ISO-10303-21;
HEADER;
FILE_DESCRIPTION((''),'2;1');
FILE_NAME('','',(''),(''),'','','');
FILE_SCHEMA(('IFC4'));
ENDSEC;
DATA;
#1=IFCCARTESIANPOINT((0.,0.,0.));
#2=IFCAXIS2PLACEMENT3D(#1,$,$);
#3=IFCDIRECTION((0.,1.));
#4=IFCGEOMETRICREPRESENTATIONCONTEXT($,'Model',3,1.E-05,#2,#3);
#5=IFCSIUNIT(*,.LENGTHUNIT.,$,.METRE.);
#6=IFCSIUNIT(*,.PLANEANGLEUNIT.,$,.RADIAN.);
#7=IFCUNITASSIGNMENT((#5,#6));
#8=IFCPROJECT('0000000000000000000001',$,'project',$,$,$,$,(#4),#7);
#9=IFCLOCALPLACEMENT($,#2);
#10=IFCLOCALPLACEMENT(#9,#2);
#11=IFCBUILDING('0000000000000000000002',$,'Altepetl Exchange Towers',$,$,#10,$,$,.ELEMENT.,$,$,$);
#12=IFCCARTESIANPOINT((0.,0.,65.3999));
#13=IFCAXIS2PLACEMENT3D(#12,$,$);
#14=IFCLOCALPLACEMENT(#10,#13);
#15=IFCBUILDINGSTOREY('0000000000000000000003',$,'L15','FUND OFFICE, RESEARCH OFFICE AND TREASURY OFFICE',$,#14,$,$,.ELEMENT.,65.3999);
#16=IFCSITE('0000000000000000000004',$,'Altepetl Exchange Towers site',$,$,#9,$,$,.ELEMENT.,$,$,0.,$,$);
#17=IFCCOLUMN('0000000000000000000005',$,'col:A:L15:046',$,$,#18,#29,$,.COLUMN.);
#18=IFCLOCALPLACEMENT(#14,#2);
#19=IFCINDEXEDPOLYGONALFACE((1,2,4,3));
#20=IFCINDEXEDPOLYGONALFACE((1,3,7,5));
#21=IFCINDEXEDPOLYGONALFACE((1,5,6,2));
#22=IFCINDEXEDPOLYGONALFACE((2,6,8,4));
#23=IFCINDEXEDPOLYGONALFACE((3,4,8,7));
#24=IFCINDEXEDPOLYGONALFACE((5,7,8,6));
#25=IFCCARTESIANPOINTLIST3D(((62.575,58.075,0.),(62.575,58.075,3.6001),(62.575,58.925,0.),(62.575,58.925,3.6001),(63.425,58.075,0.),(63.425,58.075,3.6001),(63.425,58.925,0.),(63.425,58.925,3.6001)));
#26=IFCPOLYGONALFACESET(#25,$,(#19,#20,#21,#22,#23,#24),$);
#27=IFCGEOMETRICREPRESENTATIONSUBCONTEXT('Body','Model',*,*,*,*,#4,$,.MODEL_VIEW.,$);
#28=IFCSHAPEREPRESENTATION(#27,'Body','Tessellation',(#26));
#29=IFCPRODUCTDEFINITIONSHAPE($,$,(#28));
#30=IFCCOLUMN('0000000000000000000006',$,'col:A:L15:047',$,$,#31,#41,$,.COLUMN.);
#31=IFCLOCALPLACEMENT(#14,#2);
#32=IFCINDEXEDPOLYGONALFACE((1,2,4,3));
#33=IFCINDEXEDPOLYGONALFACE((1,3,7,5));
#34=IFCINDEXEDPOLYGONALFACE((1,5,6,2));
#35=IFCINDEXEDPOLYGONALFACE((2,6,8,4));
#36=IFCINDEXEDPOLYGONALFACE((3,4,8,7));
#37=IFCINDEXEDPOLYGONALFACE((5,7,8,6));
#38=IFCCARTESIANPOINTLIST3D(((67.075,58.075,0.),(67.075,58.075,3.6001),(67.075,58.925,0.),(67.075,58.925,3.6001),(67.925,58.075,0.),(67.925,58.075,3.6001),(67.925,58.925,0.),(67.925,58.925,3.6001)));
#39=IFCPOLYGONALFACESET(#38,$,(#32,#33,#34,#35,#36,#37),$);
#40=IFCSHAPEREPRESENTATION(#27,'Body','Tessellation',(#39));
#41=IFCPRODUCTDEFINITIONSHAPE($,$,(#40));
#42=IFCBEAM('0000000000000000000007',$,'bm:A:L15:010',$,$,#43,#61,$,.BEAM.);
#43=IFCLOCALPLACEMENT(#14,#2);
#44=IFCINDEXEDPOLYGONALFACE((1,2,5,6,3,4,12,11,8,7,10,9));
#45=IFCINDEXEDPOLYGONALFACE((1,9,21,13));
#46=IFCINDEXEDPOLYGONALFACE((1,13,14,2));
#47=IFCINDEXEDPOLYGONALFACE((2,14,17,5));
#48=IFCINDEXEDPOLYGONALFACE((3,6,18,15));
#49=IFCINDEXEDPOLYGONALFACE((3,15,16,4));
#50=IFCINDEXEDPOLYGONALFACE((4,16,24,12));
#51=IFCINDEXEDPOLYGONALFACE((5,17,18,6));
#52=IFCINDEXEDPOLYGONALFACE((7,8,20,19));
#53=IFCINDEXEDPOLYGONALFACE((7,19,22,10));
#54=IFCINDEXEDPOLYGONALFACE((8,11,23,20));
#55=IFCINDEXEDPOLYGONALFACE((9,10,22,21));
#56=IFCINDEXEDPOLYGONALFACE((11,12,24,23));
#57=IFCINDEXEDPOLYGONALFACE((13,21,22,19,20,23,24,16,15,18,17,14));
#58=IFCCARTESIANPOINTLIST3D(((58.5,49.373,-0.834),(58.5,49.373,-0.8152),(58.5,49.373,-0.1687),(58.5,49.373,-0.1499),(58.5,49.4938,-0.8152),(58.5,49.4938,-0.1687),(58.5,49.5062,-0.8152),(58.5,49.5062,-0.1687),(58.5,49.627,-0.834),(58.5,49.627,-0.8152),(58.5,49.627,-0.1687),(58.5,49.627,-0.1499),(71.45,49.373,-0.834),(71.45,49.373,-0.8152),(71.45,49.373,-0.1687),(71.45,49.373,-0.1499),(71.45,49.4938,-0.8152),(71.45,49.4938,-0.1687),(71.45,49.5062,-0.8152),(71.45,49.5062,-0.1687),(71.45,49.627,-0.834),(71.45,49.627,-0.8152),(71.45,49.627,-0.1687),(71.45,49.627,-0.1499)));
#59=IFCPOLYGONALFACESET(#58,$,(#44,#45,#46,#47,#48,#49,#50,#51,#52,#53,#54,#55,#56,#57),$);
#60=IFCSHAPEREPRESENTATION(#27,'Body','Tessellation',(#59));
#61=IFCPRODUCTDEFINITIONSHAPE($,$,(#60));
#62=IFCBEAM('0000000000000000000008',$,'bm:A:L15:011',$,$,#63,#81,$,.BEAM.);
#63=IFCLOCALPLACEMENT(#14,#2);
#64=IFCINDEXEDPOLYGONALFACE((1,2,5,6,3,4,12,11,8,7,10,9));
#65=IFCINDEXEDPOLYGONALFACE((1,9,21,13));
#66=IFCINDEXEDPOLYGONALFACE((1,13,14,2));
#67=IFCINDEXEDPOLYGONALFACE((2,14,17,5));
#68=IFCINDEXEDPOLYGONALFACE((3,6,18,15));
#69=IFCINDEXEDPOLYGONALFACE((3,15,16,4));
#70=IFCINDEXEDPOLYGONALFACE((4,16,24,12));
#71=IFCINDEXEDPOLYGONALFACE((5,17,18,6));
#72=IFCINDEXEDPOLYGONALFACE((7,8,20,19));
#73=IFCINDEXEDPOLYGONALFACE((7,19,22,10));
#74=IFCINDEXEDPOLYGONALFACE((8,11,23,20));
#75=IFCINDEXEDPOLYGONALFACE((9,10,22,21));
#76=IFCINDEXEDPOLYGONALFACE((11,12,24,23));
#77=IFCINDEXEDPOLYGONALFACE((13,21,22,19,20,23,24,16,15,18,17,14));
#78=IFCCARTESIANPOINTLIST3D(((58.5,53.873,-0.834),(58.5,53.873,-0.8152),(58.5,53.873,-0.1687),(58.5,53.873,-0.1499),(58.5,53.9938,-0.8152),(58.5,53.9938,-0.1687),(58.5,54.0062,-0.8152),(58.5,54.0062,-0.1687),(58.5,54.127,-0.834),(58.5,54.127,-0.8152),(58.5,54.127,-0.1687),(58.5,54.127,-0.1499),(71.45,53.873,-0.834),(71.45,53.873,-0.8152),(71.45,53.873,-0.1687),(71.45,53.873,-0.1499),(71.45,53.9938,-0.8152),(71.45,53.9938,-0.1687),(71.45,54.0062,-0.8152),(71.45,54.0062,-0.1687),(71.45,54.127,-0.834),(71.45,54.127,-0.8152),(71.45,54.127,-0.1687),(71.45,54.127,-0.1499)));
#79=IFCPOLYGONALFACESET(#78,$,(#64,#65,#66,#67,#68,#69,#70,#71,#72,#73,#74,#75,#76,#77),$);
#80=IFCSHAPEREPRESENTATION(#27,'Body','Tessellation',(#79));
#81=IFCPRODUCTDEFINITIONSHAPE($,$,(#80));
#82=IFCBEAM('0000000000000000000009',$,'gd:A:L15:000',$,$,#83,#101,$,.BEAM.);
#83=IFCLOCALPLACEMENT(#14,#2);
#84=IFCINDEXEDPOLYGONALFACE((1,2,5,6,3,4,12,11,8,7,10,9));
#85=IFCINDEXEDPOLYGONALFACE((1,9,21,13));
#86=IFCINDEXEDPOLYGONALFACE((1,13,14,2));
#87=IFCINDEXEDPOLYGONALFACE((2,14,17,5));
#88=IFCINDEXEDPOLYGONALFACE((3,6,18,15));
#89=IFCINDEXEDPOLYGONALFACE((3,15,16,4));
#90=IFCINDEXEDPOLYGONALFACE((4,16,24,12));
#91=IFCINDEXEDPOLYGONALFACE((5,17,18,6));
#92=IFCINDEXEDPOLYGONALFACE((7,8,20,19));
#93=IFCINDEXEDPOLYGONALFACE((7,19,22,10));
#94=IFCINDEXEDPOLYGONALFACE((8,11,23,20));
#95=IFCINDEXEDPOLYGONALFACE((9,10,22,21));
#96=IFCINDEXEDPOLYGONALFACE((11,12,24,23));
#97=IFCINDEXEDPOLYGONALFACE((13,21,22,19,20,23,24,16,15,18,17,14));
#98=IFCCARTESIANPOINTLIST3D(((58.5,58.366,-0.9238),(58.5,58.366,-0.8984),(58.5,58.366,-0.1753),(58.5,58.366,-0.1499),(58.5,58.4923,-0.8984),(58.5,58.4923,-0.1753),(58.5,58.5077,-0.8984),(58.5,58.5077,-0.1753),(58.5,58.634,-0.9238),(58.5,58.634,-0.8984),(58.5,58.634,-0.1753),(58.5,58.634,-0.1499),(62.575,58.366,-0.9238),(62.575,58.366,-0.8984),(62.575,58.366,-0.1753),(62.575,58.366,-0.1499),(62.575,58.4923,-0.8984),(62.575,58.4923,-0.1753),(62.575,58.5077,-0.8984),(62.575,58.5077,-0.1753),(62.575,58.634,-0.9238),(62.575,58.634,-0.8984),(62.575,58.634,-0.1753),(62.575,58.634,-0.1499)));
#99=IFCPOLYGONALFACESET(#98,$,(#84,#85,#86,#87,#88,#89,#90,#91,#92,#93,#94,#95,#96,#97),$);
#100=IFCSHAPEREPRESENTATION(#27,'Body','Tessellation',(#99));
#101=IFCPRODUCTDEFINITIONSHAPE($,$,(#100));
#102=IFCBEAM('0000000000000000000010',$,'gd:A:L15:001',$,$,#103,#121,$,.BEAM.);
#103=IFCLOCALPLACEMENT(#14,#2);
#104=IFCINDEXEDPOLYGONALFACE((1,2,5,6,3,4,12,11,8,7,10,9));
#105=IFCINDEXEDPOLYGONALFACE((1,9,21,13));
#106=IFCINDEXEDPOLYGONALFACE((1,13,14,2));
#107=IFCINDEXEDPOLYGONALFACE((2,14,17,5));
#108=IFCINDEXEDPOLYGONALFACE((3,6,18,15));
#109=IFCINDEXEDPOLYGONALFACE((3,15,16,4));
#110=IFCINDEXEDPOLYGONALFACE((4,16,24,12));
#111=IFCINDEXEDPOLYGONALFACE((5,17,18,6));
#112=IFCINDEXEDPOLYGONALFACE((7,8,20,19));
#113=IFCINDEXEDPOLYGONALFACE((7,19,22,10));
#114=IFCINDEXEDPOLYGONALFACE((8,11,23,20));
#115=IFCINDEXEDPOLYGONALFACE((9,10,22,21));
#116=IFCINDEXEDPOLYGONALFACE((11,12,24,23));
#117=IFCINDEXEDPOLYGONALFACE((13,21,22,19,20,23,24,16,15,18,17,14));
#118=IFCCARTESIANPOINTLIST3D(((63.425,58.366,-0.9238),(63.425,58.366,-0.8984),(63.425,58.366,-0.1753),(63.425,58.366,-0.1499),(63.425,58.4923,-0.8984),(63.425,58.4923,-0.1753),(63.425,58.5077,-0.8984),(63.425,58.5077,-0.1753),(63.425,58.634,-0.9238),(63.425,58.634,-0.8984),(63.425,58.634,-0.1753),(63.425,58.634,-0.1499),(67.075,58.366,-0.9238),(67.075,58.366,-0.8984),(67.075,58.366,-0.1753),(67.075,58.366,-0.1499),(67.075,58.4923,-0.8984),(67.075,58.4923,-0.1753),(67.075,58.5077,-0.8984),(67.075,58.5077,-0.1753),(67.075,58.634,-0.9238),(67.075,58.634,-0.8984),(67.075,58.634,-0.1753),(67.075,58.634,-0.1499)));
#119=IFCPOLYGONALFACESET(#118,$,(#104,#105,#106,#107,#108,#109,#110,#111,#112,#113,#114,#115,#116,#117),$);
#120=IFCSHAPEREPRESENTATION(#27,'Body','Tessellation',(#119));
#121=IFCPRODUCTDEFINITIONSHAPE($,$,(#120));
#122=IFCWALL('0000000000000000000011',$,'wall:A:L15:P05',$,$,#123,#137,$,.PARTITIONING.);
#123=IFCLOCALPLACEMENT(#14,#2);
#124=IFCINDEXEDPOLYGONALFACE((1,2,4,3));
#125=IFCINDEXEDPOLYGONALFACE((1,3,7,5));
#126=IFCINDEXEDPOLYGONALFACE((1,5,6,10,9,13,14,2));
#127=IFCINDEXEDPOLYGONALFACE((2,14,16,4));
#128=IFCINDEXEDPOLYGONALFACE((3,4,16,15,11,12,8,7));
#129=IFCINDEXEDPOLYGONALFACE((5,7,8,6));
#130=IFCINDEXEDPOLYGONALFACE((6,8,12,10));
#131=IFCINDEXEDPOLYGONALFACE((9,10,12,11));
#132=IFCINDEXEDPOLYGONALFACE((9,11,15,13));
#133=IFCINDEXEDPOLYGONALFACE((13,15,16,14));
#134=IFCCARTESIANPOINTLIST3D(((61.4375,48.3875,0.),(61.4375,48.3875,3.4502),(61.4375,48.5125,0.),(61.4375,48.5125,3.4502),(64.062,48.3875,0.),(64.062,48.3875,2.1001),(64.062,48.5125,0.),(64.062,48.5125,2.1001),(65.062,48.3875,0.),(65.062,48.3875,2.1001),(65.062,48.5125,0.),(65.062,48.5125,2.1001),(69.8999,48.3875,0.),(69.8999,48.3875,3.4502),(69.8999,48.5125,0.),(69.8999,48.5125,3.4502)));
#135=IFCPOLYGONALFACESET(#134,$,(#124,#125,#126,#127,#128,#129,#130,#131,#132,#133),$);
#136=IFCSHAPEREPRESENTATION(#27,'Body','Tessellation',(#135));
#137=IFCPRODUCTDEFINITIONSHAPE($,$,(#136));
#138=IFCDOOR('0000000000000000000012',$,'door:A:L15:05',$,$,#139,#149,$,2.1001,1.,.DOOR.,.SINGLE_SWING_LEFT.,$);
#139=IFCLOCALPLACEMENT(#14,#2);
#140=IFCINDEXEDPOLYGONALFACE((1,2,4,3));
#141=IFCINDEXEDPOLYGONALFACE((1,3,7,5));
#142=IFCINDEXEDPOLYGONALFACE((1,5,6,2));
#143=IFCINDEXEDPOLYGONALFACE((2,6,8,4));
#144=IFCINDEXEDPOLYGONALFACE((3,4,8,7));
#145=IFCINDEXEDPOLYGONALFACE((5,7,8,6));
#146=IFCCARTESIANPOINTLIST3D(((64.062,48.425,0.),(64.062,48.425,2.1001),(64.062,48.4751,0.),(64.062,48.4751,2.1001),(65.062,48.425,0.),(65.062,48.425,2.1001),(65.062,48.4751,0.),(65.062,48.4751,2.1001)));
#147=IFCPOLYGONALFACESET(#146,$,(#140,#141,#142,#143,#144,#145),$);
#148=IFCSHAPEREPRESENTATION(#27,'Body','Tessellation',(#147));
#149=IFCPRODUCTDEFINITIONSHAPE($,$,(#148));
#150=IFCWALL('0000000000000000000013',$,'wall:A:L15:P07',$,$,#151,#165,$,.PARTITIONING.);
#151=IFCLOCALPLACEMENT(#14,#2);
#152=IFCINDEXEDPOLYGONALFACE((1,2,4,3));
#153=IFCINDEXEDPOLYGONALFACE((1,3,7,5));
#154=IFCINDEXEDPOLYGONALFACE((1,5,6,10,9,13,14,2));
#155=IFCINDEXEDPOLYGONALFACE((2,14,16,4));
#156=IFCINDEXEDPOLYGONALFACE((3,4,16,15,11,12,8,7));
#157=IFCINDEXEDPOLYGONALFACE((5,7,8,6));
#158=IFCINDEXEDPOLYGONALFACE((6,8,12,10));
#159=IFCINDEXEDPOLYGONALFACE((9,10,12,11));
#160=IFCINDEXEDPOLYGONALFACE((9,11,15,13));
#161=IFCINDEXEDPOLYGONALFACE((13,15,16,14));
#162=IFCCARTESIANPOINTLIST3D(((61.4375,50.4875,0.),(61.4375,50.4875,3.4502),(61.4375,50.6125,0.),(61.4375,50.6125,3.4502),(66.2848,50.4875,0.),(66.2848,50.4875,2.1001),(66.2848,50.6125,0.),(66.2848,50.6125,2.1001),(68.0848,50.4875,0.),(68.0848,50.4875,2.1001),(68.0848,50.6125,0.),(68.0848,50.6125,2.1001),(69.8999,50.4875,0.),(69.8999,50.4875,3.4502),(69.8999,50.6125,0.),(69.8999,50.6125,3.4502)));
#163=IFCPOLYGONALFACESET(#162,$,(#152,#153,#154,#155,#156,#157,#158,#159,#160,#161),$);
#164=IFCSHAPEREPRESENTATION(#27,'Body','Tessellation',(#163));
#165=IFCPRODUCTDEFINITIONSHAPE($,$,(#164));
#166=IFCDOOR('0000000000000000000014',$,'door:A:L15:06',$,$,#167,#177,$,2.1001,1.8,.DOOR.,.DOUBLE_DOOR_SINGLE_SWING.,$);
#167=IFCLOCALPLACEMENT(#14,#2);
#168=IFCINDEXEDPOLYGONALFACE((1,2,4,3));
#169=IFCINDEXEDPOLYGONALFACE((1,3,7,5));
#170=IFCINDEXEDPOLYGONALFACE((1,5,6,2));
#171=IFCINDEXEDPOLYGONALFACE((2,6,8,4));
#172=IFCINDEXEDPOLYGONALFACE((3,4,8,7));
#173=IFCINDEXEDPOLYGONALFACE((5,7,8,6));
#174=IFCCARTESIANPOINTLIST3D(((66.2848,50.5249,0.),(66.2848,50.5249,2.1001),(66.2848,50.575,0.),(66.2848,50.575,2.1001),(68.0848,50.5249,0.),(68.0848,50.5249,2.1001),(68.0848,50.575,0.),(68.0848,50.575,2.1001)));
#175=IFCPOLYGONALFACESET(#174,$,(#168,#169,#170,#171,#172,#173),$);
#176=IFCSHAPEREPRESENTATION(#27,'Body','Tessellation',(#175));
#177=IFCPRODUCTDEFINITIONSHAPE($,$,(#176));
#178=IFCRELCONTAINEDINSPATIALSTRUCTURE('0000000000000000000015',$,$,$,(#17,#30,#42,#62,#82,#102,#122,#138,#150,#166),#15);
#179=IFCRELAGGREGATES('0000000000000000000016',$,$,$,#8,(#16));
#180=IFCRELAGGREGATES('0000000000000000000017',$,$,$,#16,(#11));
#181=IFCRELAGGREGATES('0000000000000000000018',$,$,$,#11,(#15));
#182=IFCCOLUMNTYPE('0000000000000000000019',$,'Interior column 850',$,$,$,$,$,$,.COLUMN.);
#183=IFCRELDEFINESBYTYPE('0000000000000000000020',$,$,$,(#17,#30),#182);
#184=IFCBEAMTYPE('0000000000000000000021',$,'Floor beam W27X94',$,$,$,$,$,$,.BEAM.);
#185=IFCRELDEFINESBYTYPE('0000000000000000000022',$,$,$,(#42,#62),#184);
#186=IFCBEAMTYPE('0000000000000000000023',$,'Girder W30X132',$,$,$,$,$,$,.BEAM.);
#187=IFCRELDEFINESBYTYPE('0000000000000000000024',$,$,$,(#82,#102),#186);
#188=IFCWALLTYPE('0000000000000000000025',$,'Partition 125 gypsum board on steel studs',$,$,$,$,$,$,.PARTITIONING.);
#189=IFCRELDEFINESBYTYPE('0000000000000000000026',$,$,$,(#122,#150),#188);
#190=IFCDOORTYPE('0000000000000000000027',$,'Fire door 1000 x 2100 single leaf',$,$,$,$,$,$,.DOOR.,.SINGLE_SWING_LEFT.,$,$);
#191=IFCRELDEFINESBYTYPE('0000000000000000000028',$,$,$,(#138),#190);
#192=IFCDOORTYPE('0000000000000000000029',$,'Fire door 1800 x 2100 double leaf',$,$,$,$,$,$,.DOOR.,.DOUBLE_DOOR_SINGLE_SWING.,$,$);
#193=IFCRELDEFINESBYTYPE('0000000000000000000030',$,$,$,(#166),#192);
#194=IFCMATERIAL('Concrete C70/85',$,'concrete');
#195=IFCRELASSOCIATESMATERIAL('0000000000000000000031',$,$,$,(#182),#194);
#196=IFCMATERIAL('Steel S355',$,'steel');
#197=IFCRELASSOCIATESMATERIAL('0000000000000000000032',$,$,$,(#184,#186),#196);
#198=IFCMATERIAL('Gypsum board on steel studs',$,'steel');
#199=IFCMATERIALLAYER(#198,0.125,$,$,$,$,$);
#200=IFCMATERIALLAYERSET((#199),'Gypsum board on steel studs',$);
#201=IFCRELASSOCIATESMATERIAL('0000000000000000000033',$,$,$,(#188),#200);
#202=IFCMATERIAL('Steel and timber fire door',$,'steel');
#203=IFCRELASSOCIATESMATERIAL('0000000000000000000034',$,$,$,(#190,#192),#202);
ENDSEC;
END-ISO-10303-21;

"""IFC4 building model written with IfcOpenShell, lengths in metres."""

from ifc_helpers import new_model, si_unit, direction, frame, frame_2d, origin, origin_2d, place, context, subcontext, project, spatial, rectangle, i_section, extrude, material, layer, layer_set, material_profile, profile_set, type_object, element, fill, save


model = new_model("IFC4")

# Units and contexts
model_context = context("Model", 3, precision=1e-05, world=origin(), true_north=direction((0.0, 1.0)))
body_context = subcontext(model_context, "Body", "Model", "MODEL_VIEW")
ifc_project = project(units=[si_unit("LENGTHUNIT", "METRE"), si_unit("PLANEANGLEUNIT", "RADIAN")], contexts=[model_context])

# Site, building, storey
site_placement = place(None, origin())
site = spatial("IfcSite", under=ifc_project, at=site_placement, Name="Altepetl Exchange Towers site", CompositionType="ELEMENT", RefElevation=0.0)
building_placement = place(site_placement, origin())
building = spatial("IfcBuilding", under=site, at=building_placement, Name="Altepetl Exchange Towers", CompositionType="ELEMENT")
storey_placement = place(building_placement, frame((0.0, 0.0, 65.3999)))
storey = spatial("IfcBuildingStorey", under=building, at=storey_placement, Name="L15", Description="FUND OFFICE, RESEARCH OFFICE AND TREASURY OFFICE", CompositionType="ELEMENT", Elevation=65.3999)

# Columns
ifc_material_1 = material(Name="Concrete C70/85", Category="concrete")
ifc_material_profile_1 = material_profile(ifc_material_1, rectangle(XDim=0.8501, YDim=0.8501, at=origin_2d()), Name="850 x 850")
ifc_profile_set_1 = profile_set([ifc_material_profile_1], Name="Concrete C70/85")
column_type = type_object("IfcColumnType", Name="Interior column 850", PredefinedType="COLUMN", material=ifc_profile_set_1)
for number, where, name in (
    (1, (63.0, 58.5, 0.0), "col:A:L15:046"),
    (2, (67.5, 58.5, 0.0), "col:A:L15:047"),
):
    element("IfcColumn", number, at=place(storey_placement, frame(where)), inside=storey, type_object=column_type, Name=name, PredefinedType="COLUMN", context=body_context, shape_type="SweptSolid", body=[
        extrude(rectangle(XDim=0.8501, YDim=0.8501, at=origin_2d()), origin(), (0.0, 0.0, 1.0), 3.6001),
    ])

# Beams
ifc_material_2 = material(Name="Steel S355", Category="steel")
ifc_material_profile_2 = material_profile(ifc_material_2, i_section(OverallWidth=0.2539, OverallDepth=0.6841, WebThickness=0.0125, FlangeThickness=0.0188, at=origin_2d()), Name="W27X94")
ifc_profile_set_2 = profile_set([ifc_material_profile_2], Name="Steel S355")
beam_type_1 = type_object("IfcBeamType", Name="Floor beam W27X94", PredefinedType="BEAM", material=ifc_profile_set_2)
for number, where, z_axis, x_axis, name in (
    (3, (58.5, 49.5, -0.4919), (1.0, 0.0, 0.0), (0.0, 1.0, 0.0), "bm:A:L15:010"),
    (4, (58.5, 54.0, -0.4919), (1.0, 0.0, 0.0), (0.0, 1.0, 0.0), "bm:A:L15:011"),
):
    element("IfcBeam", number, at=place(storey_placement, frame(where, z_axis=z_axis, x_axis=x_axis)), inside=storey, type_object=beam_type_1, Name=name, PredefinedType="BEAM", context=body_context, shape_type="SweptSolid", body=[
        extrude(i_section(OverallWidth=0.2539, OverallDepth=0.6841, WebThickness=0.0125, FlangeThickness=0.0188, at=origin_2d()), origin(), (0.0, 0.0, 1.0), 12.95),
    ])
ifc_material_profile_3 = material_profile(ifc_material_2, i_section(OverallWidth=0.2681, OverallDepth=0.7739, WebThickness=0.0154, FlangeThickness=0.0254, at=origin_2d()), Name="W30X132")
ifc_profile_set_3 = profile_set([ifc_material_profile_3], Name="Steel S355")
beam_type_2 = type_object("IfcBeamType", Name="Girder W30X132", PredefinedType="BEAM", material=ifc_profile_set_3)
beam_1_placement = place(storey_placement, frame((58.5, 58.5, -0.5369), z_axis=(1.0, 0.0, 0.0), x_axis=(0.0, 1.0, 0.0)))
element("IfcBeam", 5, at=beam_1_placement, inside=storey, type_object=beam_type_2, Name="gd:A:L15:000", PredefinedType="BEAM", context=body_context, shape_type="SweptSolid", body=[
    extrude(i_section(OverallWidth=0.2681, OverallDepth=0.7739, WebThickness=0.0154, FlangeThickness=0.0254, at=origin_2d()), origin(), (0.0, 0.0, 1.0), 4.075),
])
beam_2_placement = place(storey_placement, frame((63.425, 58.5, -0.5369), z_axis=(1.0, 0.0, 0.0), x_axis=(0.0, 1.0, 0.0)))
element("IfcBeam", 6, at=beam_2_placement, inside=storey, type_object=beam_type_2, Name="gd:A:L15:001", PredefinedType="BEAM", context=body_context, shape_type="SweptSolid", body=[
    extrude(i_section(OverallWidth=0.2681, OverallDepth=0.7739, WebThickness=0.0154, FlangeThickness=0.0254, at=origin_2d()), origin(), (0.0, 0.0, 1.0), 3.6499),
])

# Walls, openings, doors
ifc_material_3 = material(Name="Gypsum board on steel studs", Category="steel")
ifc_layer_1 = layer(ifc_material_3, 0.125)
ifc_layer_set_1 = layer_set([ifc_layer_1], Name="Gypsum board on steel studs")
wall_type_1 = type_object("IfcWallType", Name="Partition 125 gypsum board on steel studs", PredefinedType="PARTITIONING", material=ifc_layer_set_1)
wall_1_placement = place(storey_placement, frame((61.4375, 48.45, 0.0)))
wall_1 = element("IfcWall", 7, at=wall_1_placement, inside=storey, type_object=wall_type_1, Name="wall:A:L15:P05", PredefinedType="PARTITIONING", context=body_context, shape_type="SweptSolid", body=[
    extrude(rectangle(XDim=8.4624, YDim=0.125, at=frame_2d((4.2312, 0.0))), origin(), (0.0, 0.0, 1.0), 3.4502),
])
opening_1_placement = place(wall_1_placement, frame((2.6245, 0.0, 0.0)))
opening_1 = element("IfcOpeningElement", 8, at=opening_1_placement, cuts=wall_1, PredefinedType="OPENING", context=body_context, shape_type="SweptSolid", body=[
    extrude(rectangle(XDim=1.0, YDim=2.1001, at=frame_2d((0.5, 1.05))), frame((0.0, 0.0725, 0.0), z_axis=(0.0, -1.0, 0.0), x_axis=(1.0, 0.0, 0.0)), (0.0, 0.0, 1.0), 0.145),
])
ifc_material_4 = material(Name="Steel and timber fire door", Category="steel")
door_type_1 = type_object("IfcDoorType", Name="Fire door 1000 x 2100 single leaf", OperationType="SINGLE_SWING_LEFT", PredefinedType="DOOR", material=ifc_material_4)
door_1_placement = place(opening_1_placement, frame((1.0, 0.0, 0.0), x_axis=(-1.0, 0.0, 0.0)))
door_1 = element("IfcDoor", 9, at=door_1_placement, inside=storey, type_object=door_type_1, Name="door:A:L15:05", OperationType="SINGLE_SWING_LEFT", OverallHeight=2.1001, OverallWidth=1.0, PredefinedType="DOOR", context=body_context, shape_type="SweptSolid", body=[
    extrude(rectangle(XDim=1.0, YDim=2.1001, at=frame_2d((0.5, 1.05))), frame((0.0, 0.0249, 0.0), z_axis=(0.0, -1.0, 0.0), x_axis=(1.0, 0.0, 0.0)), (0.0, 0.0, 1.0), 0.05),
])
fill(opening_1, door_1)
wall_2_placement = place(storey_placement, frame((61.4375, 50.55, 0.0)))
wall_2 = element("IfcWall", 10, at=wall_2_placement, inside=storey, type_object=wall_type_1, Name="wall:A:L15:P07", PredefinedType="PARTITIONING", context=body_context, shape_type="SweptSolid", body=[
    extrude(rectangle(XDim=8.4624, YDim=0.125, at=frame_2d((4.2312, 0.0))), origin(), (0.0, 0.0, 1.0), 3.4502),
])
opening_2_placement = place(wall_2_placement, frame((4.8474, 0.0, 0.0)))
opening_2 = element("IfcOpeningElement", 11, at=opening_2_placement, cuts=wall_2, PredefinedType="OPENING", context=body_context, shape_type="SweptSolid", body=[
    extrude(rectangle(XDim=1.8, YDim=2.1001, at=frame_2d((0.8999, 1.05))), frame((0.0, 0.0725, 0.0), z_axis=(0.0, -1.0, 0.0), x_axis=(1.0, 0.0, 0.0)), (0.0, 0.0, 1.0), 0.145),
])
door_type_2 = type_object("IfcDoorType", Name="Fire door 1800 x 2100 double leaf", OperationType="DOUBLE_DOOR_SINGLE_SWING", PredefinedType="DOOR", material=ifc_material_4)
door_2_placement = place(opening_2_placement, origin())
door_2 = element("IfcDoor", 12, at=door_2_placement, inside=storey, type_object=door_type_2, Name="door:A:L15:06", OperationType="DOUBLE_DOOR_SINGLE_SWING", OverallHeight=2.1001, OverallWidth=1.8, PredefinedType="DOOR", context=body_context, shape_type="SweptSolid", body=[
    extrude(rectangle(XDim=1.8, YDim=2.1001, at=frame_2d((0.8999, 1.05))), frame((0.0, 0.0249, 0.0), z_axis=(0.0, -1.0, 0.0), x_axis=(1.0, 0.0, 0.0)), (0.0, 0.0, 1.0), 0.05),
])
fill(opening_2, door_2)

save(model, "model.ifc")
